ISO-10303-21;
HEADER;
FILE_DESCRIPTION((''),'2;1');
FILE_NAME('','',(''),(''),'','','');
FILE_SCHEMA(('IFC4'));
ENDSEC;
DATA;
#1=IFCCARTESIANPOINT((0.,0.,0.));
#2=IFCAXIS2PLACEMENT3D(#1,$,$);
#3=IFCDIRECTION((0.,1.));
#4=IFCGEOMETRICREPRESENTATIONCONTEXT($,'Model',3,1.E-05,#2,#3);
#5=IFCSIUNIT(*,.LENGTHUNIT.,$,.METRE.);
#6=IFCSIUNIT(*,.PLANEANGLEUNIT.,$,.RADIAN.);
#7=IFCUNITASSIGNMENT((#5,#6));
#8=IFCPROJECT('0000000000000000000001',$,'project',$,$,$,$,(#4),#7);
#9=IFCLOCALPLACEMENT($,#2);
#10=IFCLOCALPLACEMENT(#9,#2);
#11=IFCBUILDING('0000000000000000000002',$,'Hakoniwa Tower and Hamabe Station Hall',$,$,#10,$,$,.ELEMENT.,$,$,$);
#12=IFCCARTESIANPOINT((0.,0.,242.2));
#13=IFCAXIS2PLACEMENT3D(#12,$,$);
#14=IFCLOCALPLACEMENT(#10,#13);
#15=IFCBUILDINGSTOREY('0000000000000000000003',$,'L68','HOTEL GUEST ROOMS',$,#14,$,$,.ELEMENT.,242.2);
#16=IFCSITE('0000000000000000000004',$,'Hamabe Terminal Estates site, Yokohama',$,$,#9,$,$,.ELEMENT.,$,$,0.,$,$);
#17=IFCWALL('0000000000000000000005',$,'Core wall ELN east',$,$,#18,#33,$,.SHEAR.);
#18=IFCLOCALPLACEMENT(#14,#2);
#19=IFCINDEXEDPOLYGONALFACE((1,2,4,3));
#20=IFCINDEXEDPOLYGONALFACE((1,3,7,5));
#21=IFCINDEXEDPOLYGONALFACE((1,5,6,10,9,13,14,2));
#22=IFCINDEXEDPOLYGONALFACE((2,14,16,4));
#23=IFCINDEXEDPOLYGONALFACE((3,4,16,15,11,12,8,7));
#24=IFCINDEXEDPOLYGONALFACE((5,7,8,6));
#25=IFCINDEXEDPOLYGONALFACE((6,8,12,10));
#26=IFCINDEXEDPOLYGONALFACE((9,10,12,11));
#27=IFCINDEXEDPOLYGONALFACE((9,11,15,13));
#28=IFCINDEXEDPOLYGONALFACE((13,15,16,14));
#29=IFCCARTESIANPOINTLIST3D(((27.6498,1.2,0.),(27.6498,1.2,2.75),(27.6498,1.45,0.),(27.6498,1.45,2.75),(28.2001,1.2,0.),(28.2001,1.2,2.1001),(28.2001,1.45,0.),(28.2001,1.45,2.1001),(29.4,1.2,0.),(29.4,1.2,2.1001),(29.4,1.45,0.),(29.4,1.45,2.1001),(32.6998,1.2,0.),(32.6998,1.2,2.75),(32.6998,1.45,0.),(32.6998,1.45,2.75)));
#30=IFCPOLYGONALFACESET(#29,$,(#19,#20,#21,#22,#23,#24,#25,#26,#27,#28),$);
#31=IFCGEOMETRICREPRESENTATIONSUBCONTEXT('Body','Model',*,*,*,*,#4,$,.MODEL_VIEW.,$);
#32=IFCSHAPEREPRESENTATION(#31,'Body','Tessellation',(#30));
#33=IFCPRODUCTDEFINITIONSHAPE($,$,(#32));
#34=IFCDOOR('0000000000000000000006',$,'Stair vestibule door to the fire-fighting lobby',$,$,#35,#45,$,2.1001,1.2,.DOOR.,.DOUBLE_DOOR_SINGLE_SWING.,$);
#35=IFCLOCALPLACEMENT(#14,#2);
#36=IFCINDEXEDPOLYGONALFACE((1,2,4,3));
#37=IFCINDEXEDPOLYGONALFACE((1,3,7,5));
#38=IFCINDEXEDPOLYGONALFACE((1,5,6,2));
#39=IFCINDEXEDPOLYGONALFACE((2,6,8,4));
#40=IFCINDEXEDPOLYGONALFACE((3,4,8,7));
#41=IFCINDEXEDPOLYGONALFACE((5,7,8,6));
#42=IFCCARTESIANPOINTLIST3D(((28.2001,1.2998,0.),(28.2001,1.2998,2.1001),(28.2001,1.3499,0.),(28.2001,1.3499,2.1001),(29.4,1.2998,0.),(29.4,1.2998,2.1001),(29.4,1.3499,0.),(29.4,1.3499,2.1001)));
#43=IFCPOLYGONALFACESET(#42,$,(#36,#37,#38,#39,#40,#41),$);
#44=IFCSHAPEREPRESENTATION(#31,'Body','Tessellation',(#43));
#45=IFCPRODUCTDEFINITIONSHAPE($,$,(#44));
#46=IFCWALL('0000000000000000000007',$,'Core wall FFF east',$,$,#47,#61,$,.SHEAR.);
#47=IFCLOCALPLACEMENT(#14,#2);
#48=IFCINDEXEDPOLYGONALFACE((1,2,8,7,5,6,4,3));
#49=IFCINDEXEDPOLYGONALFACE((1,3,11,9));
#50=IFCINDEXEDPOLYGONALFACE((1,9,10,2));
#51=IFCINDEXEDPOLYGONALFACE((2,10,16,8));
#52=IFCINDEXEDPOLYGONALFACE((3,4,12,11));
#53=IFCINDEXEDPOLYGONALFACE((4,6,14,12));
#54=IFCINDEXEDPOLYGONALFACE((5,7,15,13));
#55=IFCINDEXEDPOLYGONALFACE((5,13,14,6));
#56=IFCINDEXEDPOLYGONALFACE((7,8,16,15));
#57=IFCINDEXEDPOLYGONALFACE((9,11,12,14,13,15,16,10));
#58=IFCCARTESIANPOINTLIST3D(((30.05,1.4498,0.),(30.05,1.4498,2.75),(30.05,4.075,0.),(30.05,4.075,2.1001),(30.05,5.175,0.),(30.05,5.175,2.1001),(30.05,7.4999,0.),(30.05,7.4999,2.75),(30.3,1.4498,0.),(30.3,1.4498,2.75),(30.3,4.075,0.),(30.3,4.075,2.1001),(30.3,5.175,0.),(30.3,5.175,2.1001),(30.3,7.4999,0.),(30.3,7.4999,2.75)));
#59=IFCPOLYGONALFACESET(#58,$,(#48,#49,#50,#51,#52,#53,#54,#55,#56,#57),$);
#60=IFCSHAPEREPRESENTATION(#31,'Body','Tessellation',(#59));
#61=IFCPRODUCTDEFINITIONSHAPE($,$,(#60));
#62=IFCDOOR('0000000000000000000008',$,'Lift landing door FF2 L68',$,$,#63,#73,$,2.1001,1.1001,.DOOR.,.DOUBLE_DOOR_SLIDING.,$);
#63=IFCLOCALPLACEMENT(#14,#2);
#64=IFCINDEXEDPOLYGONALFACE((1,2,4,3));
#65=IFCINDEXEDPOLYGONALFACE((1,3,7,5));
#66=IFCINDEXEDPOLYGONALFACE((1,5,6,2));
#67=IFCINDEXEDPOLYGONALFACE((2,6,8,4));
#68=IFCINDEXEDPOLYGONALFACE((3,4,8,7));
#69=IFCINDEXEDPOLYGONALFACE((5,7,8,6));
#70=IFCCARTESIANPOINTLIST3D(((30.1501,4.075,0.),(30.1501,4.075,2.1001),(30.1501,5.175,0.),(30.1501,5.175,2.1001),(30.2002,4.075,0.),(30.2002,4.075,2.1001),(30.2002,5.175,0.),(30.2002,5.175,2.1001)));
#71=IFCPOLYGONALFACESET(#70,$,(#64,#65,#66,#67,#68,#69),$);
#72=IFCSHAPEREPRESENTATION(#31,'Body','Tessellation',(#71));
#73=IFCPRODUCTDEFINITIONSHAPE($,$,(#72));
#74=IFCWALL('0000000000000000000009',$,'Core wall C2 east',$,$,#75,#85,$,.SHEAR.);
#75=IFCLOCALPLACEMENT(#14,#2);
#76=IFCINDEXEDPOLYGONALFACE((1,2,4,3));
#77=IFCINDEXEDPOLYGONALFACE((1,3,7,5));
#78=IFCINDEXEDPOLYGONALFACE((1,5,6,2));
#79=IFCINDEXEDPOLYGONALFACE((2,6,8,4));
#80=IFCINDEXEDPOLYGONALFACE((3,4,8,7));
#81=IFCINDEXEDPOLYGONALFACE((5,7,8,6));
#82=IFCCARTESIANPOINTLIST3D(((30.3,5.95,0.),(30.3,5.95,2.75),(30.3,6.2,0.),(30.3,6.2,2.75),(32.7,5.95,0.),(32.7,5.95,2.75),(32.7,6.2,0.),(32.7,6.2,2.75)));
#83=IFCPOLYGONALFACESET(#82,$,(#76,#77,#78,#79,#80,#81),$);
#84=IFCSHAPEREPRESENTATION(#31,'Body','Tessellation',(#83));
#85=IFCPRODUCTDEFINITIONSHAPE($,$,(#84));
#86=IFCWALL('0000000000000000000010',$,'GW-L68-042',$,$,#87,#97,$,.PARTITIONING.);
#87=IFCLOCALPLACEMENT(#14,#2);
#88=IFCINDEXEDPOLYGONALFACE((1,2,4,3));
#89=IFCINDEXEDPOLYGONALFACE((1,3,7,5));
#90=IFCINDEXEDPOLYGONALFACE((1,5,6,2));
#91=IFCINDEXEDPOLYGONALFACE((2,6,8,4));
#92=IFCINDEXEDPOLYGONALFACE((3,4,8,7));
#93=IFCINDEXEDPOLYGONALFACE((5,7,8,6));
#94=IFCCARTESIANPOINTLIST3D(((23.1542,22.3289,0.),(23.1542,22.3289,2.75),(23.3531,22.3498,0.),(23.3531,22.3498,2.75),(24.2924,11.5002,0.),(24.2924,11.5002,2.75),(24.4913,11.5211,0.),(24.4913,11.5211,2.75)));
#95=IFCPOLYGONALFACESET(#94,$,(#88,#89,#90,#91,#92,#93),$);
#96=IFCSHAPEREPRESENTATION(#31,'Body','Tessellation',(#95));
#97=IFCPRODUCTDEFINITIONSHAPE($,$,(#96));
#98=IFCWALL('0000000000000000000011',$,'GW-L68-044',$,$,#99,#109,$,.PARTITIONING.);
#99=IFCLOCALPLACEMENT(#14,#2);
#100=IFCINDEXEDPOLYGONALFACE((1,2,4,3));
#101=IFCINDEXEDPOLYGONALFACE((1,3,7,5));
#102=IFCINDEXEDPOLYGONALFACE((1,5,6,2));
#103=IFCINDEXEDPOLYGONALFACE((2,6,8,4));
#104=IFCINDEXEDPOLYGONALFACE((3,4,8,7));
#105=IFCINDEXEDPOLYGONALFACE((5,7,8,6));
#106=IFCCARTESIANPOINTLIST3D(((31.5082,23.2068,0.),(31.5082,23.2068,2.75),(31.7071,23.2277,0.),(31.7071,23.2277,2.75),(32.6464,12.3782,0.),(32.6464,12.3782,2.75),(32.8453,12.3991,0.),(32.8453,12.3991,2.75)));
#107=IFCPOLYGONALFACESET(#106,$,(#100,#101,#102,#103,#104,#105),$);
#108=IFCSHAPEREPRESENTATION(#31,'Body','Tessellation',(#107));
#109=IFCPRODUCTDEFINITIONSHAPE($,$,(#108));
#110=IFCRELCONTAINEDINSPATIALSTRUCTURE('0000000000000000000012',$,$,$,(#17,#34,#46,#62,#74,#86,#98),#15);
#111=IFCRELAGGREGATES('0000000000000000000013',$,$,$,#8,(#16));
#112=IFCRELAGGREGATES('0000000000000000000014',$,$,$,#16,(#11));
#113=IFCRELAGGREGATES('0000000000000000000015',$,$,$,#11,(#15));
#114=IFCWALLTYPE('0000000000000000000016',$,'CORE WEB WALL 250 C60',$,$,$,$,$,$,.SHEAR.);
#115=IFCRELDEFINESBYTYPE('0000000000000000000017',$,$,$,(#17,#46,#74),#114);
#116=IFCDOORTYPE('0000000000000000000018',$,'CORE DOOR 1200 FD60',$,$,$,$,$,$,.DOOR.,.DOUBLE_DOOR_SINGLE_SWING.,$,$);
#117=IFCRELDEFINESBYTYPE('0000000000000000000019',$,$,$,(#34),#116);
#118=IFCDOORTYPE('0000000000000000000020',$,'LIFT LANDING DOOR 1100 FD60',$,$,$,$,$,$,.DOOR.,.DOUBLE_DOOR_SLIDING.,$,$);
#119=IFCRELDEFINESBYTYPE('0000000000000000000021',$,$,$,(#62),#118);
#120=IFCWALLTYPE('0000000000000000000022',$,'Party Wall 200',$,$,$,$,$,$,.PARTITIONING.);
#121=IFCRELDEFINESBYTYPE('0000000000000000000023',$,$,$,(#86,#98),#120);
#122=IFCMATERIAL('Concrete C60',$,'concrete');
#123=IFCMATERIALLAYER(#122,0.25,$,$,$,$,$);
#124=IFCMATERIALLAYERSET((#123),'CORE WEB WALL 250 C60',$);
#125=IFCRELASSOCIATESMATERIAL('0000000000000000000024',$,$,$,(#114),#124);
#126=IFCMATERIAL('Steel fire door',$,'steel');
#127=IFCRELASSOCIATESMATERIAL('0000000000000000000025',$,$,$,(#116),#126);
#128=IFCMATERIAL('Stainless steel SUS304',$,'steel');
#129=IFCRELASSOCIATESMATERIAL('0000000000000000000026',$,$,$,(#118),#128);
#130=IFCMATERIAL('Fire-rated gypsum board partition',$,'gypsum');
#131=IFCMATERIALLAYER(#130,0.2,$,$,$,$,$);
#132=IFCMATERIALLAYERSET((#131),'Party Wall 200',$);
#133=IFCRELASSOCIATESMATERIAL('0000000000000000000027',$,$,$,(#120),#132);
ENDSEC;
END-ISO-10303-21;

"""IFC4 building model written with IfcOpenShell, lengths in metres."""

from ifc_helpers import new_model, si_unit, direction, frame, frame_2d, origin, place, context, subcontext, project, spatial, rectangle, extrude, material, layer, layer_set, type_object, element, fill, save


model = new_model("IFC4")

# Units and contexts
model_context = context("Model", 3, precision=1e-05, world=origin(), true_north=direction((0.0, 1.0)))
body_context = subcontext(model_context, "Body", "Model", "MODEL_VIEW")
ifc_project = project(units=[si_unit("LENGTHUNIT", "METRE"), si_unit("PLANEANGLEUNIT", "RADIAN")], contexts=[model_context])

# Site, building, storey
site_placement = place(None, origin())
site = spatial("IfcSite", under=ifc_project, at=site_placement, Name="Hamabe Terminal Estates site, Yokohama", CompositionType="ELEMENT", RefElevation=0.0)
building_placement = place(site_placement, origin())
building = spatial("IfcBuilding", under=site, at=building_placement, Name="Hakoniwa Tower and Hamabe Station Hall", CompositionType="ELEMENT")
storey_placement = place(building_placement, frame((0.0, 0.0, 242.2)))
storey = spatial("IfcBuildingStorey", under=building, at=storey_placement, Name="L68", Description="HOTEL GUEST ROOMS", CompositionType="ELEMENT", Elevation=242.2)

# Shared definitions
ifc_material_1 = material(Name="Concrete C60", Category="concrete")
ifc_layer_1 = layer(ifc_material_1, 0.25)
ifc_layer_set_1 = layer_set([ifc_layer_1], Name="CORE WEB WALL 250 C60")
wall_type_1 = type_object("IfcWallType", Name="CORE WEB WALL 250 C60", PredefinedType="SHEAR", material=ifc_layer_set_1)

# Walls, openings, doors
ifc_material_2 = material(Name="Steel fire door", Category="steel")
door_type_1 = type_object("IfcDoorType", Name="CORE DOOR 1200 FD60", OperationType="DOUBLE_DOOR_SINGLE_SWING", PredefinedType="DOOR", material=ifc_material_2)
wall_1_placement = place(storey_placement, frame((27.6499, 1.325, 0.0), z_axis=(0.0, 0.0, 1.0), x_axis=(1.0, 0.0, 0.0)))
wall_1 = element("IfcWall", 1, at=wall_1_placement, inside=storey, type_object=wall_type_1, Name="Core wall ELN east", PredefinedType="SHEAR", context=body_context, shape_type="SweptSolid", body=[
    extrude(rectangle(XDim=5.05, YDim=0.25, at=frame_2d((2.5249, 0.0))), origin(), (0.0, 0.0, 1.0), 2.75),
])
opening_1_placement = place(wall_1_placement, frame((0.55, 0.0, 0.0)))
opening_1 = element("IfcOpeningElement", 2, at=opening_1_placement, cuts=wall_1, PredefinedType="OPENING", context=body_context, shape_type="SweptSolid", body=[
    extrude(rectangle(XDim=1.2, YDim=2.1001, at=frame_2d((0.6001, 1.05))), frame((0.0, 0.135, 0.0), z_axis=(0.0, -1.0, 0.0), x_axis=(1.0, 0.0, 0.0)), (0.0, 0.0, 1.0), 0.27),
])
door_1_placement = place(opening_1_placement, origin())
door_1 = element("IfcDoor", 3, at=door_1_placement, inside=storey, type_object=door_type_1, Name="Stair vestibule door to the fire-fighting lobby", OperationType="DOUBLE_DOOR_SINGLE_SWING", OverallHeight=2.1001, OverallWidth=1.2, PredefinedType="DOOR", context=body_context, shape_type="SweptSolid", body=[
    extrude(rectangle(XDim=1.2, YDim=2.1001, at=frame_2d((0.6001, 1.05))), frame((0.0, 0.0249, 0.0), z_axis=(0.0, -1.0, 0.0), x_axis=(1.0, 0.0, 0.0)), (0.0, 0.0, 1.0), 0.05),
])
fill(opening_1, door_1)
wall_2_placement = place(storey_placement, frame((30.175, 1.45, 0.0), z_axis=(0.0, 0.0, 1.0), x_axis=(0.0, 1.0, 0.0)))
wall_2 = element("IfcWall", 4, at=wall_2_placement, inside=storey, type_object=wall_type_1, Name="Core wall FFF east", PredefinedType="SHEAR", context=body_context, shape_type="SweptSolid", body=[
    extrude(rectangle(XDim=6.05, YDim=0.25, at=frame_2d((3.0249, 0.0))), origin(), (0.0, 0.0, 1.0), 2.75),
])
opening_2_placement = place(wall_2_placement, frame((2.625, 0.0, 0.0)))
opening_2 = element("IfcOpeningElement", 5, at=opening_2_placement, cuts=wall_2, PredefinedType="OPENING", context=body_context, shape_type="SweptSolid", body=[
    extrude(rectangle(XDim=1.1001, YDim=2.1001, at=frame_2d((0.55, 1.05))), frame((0.0, 0.135, 0.0), z_axis=(0.0, -1.0, 0.0), x_axis=(1.0, 0.0, 0.0)), (0.0, 0.0, 1.0), 0.27),
])
ifc_material_3 = material(Name="Stainless steel SUS304", Category="steel")
door_type_2 = type_object("IfcDoorType", Name="LIFT LANDING DOOR 1100 FD60", OperationType="DOUBLE_DOOR_SLIDING", PredefinedType="DOOR", material=ifc_material_3)
door_2_placement = place(opening_2_placement, origin())
door_2 = element("IfcDoor", 6, at=door_2_placement, inside=storey, type_object=door_type_2, Name="Lift landing door FF2 L68", OperationType="DOUBLE_DOOR_SLIDING", OverallHeight=2.1001, OverallWidth=1.1001, PredefinedType="DOOR", context=body_context, shape_type="SweptSolid", body=[
    extrude(rectangle(XDim=1.1001, YDim=2.1001, at=frame_2d((0.55, 1.05))), frame((0.0, 0.0249, 0.0), z_axis=(0.0, -1.0, 0.0), x_axis=(1.0, 0.0, 0.0)), (0.0, 0.0, 1.0), 0.05),
])
fill(opening_2, door_2)

# Walls
wall_3_placement = place(storey_placement, frame((30.3, 6.075, 0.0), z_axis=(0.0, 0.0, 1.0), x_axis=(1.0, 0.0, 0.0)))
element("IfcWall", 7, at=wall_3_placement, inside=storey, type_object=wall_type_1, Name="Core wall C2 east", PredefinedType="SHEAR", context=body_context, shape_type="SweptSolid", body=[
    extrude(rectangle(XDim=2.3999, YDim=0.25, at=frame_2d((1.2, 0.0))), origin(), (0.0, 0.0, 1.0), 2.75),
])
ifc_material_4 = material(Name="Fire-rated gypsum board partition", Category="gypsum")
ifc_layer_2 = layer(ifc_material_4, 0.2)
ifc_layer_set_2 = layer_set([ifc_layer_2], Name="Party Wall 200")
wall_type_2 = type_object("IfcWallType", Name="Party Wall 200", PredefinedType="PARTITIONING", material=ifc_layer_set_2)
wall_4_placement = place(storey_placement, frame((24.3918, 11.5105, 0.0), z_axis=(0.0, 0.0, 1.0), x_axis=(-0.104531, 0.994522, 0.0)))
element("IfcWall", 8, at=wall_4_placement, inside=storey, type_object=wall_type_2, Name="GW-L68-042", PredefinedType="PARTITIONING", context=body_context, shape_type="SweptSolid", body=[
    extrude(rectangle(XDim=10.8884, YDim=0.2, at=frame_2d((5.4443, 0.0))), origin(), (0.0, 0.0, 1.0), 2.75),
])
wall_5_placement = place(storey_placement, frame((32.7458, 12.3887, 0.0), z_axis=(0.0, 0.0, 1.0), x_axis=(-0.104533, 0.994521, 0.0)))
element("IfcWall", 9, at=wall_5_placement, inside=storey, type_object=wall_type_2, Name="GW-L68-044", PredefinedType="PARTITIONING", context=body_context, shape_type="SweptSolid", body=[
    extrude(rectangle(XDim=10.8882, YDim=0.2, at=frame_2d((5.4441, 0.0))), origin(), (0.0, 0.0, 1.0), 2.75),
])

save(model, "model.ifc")
